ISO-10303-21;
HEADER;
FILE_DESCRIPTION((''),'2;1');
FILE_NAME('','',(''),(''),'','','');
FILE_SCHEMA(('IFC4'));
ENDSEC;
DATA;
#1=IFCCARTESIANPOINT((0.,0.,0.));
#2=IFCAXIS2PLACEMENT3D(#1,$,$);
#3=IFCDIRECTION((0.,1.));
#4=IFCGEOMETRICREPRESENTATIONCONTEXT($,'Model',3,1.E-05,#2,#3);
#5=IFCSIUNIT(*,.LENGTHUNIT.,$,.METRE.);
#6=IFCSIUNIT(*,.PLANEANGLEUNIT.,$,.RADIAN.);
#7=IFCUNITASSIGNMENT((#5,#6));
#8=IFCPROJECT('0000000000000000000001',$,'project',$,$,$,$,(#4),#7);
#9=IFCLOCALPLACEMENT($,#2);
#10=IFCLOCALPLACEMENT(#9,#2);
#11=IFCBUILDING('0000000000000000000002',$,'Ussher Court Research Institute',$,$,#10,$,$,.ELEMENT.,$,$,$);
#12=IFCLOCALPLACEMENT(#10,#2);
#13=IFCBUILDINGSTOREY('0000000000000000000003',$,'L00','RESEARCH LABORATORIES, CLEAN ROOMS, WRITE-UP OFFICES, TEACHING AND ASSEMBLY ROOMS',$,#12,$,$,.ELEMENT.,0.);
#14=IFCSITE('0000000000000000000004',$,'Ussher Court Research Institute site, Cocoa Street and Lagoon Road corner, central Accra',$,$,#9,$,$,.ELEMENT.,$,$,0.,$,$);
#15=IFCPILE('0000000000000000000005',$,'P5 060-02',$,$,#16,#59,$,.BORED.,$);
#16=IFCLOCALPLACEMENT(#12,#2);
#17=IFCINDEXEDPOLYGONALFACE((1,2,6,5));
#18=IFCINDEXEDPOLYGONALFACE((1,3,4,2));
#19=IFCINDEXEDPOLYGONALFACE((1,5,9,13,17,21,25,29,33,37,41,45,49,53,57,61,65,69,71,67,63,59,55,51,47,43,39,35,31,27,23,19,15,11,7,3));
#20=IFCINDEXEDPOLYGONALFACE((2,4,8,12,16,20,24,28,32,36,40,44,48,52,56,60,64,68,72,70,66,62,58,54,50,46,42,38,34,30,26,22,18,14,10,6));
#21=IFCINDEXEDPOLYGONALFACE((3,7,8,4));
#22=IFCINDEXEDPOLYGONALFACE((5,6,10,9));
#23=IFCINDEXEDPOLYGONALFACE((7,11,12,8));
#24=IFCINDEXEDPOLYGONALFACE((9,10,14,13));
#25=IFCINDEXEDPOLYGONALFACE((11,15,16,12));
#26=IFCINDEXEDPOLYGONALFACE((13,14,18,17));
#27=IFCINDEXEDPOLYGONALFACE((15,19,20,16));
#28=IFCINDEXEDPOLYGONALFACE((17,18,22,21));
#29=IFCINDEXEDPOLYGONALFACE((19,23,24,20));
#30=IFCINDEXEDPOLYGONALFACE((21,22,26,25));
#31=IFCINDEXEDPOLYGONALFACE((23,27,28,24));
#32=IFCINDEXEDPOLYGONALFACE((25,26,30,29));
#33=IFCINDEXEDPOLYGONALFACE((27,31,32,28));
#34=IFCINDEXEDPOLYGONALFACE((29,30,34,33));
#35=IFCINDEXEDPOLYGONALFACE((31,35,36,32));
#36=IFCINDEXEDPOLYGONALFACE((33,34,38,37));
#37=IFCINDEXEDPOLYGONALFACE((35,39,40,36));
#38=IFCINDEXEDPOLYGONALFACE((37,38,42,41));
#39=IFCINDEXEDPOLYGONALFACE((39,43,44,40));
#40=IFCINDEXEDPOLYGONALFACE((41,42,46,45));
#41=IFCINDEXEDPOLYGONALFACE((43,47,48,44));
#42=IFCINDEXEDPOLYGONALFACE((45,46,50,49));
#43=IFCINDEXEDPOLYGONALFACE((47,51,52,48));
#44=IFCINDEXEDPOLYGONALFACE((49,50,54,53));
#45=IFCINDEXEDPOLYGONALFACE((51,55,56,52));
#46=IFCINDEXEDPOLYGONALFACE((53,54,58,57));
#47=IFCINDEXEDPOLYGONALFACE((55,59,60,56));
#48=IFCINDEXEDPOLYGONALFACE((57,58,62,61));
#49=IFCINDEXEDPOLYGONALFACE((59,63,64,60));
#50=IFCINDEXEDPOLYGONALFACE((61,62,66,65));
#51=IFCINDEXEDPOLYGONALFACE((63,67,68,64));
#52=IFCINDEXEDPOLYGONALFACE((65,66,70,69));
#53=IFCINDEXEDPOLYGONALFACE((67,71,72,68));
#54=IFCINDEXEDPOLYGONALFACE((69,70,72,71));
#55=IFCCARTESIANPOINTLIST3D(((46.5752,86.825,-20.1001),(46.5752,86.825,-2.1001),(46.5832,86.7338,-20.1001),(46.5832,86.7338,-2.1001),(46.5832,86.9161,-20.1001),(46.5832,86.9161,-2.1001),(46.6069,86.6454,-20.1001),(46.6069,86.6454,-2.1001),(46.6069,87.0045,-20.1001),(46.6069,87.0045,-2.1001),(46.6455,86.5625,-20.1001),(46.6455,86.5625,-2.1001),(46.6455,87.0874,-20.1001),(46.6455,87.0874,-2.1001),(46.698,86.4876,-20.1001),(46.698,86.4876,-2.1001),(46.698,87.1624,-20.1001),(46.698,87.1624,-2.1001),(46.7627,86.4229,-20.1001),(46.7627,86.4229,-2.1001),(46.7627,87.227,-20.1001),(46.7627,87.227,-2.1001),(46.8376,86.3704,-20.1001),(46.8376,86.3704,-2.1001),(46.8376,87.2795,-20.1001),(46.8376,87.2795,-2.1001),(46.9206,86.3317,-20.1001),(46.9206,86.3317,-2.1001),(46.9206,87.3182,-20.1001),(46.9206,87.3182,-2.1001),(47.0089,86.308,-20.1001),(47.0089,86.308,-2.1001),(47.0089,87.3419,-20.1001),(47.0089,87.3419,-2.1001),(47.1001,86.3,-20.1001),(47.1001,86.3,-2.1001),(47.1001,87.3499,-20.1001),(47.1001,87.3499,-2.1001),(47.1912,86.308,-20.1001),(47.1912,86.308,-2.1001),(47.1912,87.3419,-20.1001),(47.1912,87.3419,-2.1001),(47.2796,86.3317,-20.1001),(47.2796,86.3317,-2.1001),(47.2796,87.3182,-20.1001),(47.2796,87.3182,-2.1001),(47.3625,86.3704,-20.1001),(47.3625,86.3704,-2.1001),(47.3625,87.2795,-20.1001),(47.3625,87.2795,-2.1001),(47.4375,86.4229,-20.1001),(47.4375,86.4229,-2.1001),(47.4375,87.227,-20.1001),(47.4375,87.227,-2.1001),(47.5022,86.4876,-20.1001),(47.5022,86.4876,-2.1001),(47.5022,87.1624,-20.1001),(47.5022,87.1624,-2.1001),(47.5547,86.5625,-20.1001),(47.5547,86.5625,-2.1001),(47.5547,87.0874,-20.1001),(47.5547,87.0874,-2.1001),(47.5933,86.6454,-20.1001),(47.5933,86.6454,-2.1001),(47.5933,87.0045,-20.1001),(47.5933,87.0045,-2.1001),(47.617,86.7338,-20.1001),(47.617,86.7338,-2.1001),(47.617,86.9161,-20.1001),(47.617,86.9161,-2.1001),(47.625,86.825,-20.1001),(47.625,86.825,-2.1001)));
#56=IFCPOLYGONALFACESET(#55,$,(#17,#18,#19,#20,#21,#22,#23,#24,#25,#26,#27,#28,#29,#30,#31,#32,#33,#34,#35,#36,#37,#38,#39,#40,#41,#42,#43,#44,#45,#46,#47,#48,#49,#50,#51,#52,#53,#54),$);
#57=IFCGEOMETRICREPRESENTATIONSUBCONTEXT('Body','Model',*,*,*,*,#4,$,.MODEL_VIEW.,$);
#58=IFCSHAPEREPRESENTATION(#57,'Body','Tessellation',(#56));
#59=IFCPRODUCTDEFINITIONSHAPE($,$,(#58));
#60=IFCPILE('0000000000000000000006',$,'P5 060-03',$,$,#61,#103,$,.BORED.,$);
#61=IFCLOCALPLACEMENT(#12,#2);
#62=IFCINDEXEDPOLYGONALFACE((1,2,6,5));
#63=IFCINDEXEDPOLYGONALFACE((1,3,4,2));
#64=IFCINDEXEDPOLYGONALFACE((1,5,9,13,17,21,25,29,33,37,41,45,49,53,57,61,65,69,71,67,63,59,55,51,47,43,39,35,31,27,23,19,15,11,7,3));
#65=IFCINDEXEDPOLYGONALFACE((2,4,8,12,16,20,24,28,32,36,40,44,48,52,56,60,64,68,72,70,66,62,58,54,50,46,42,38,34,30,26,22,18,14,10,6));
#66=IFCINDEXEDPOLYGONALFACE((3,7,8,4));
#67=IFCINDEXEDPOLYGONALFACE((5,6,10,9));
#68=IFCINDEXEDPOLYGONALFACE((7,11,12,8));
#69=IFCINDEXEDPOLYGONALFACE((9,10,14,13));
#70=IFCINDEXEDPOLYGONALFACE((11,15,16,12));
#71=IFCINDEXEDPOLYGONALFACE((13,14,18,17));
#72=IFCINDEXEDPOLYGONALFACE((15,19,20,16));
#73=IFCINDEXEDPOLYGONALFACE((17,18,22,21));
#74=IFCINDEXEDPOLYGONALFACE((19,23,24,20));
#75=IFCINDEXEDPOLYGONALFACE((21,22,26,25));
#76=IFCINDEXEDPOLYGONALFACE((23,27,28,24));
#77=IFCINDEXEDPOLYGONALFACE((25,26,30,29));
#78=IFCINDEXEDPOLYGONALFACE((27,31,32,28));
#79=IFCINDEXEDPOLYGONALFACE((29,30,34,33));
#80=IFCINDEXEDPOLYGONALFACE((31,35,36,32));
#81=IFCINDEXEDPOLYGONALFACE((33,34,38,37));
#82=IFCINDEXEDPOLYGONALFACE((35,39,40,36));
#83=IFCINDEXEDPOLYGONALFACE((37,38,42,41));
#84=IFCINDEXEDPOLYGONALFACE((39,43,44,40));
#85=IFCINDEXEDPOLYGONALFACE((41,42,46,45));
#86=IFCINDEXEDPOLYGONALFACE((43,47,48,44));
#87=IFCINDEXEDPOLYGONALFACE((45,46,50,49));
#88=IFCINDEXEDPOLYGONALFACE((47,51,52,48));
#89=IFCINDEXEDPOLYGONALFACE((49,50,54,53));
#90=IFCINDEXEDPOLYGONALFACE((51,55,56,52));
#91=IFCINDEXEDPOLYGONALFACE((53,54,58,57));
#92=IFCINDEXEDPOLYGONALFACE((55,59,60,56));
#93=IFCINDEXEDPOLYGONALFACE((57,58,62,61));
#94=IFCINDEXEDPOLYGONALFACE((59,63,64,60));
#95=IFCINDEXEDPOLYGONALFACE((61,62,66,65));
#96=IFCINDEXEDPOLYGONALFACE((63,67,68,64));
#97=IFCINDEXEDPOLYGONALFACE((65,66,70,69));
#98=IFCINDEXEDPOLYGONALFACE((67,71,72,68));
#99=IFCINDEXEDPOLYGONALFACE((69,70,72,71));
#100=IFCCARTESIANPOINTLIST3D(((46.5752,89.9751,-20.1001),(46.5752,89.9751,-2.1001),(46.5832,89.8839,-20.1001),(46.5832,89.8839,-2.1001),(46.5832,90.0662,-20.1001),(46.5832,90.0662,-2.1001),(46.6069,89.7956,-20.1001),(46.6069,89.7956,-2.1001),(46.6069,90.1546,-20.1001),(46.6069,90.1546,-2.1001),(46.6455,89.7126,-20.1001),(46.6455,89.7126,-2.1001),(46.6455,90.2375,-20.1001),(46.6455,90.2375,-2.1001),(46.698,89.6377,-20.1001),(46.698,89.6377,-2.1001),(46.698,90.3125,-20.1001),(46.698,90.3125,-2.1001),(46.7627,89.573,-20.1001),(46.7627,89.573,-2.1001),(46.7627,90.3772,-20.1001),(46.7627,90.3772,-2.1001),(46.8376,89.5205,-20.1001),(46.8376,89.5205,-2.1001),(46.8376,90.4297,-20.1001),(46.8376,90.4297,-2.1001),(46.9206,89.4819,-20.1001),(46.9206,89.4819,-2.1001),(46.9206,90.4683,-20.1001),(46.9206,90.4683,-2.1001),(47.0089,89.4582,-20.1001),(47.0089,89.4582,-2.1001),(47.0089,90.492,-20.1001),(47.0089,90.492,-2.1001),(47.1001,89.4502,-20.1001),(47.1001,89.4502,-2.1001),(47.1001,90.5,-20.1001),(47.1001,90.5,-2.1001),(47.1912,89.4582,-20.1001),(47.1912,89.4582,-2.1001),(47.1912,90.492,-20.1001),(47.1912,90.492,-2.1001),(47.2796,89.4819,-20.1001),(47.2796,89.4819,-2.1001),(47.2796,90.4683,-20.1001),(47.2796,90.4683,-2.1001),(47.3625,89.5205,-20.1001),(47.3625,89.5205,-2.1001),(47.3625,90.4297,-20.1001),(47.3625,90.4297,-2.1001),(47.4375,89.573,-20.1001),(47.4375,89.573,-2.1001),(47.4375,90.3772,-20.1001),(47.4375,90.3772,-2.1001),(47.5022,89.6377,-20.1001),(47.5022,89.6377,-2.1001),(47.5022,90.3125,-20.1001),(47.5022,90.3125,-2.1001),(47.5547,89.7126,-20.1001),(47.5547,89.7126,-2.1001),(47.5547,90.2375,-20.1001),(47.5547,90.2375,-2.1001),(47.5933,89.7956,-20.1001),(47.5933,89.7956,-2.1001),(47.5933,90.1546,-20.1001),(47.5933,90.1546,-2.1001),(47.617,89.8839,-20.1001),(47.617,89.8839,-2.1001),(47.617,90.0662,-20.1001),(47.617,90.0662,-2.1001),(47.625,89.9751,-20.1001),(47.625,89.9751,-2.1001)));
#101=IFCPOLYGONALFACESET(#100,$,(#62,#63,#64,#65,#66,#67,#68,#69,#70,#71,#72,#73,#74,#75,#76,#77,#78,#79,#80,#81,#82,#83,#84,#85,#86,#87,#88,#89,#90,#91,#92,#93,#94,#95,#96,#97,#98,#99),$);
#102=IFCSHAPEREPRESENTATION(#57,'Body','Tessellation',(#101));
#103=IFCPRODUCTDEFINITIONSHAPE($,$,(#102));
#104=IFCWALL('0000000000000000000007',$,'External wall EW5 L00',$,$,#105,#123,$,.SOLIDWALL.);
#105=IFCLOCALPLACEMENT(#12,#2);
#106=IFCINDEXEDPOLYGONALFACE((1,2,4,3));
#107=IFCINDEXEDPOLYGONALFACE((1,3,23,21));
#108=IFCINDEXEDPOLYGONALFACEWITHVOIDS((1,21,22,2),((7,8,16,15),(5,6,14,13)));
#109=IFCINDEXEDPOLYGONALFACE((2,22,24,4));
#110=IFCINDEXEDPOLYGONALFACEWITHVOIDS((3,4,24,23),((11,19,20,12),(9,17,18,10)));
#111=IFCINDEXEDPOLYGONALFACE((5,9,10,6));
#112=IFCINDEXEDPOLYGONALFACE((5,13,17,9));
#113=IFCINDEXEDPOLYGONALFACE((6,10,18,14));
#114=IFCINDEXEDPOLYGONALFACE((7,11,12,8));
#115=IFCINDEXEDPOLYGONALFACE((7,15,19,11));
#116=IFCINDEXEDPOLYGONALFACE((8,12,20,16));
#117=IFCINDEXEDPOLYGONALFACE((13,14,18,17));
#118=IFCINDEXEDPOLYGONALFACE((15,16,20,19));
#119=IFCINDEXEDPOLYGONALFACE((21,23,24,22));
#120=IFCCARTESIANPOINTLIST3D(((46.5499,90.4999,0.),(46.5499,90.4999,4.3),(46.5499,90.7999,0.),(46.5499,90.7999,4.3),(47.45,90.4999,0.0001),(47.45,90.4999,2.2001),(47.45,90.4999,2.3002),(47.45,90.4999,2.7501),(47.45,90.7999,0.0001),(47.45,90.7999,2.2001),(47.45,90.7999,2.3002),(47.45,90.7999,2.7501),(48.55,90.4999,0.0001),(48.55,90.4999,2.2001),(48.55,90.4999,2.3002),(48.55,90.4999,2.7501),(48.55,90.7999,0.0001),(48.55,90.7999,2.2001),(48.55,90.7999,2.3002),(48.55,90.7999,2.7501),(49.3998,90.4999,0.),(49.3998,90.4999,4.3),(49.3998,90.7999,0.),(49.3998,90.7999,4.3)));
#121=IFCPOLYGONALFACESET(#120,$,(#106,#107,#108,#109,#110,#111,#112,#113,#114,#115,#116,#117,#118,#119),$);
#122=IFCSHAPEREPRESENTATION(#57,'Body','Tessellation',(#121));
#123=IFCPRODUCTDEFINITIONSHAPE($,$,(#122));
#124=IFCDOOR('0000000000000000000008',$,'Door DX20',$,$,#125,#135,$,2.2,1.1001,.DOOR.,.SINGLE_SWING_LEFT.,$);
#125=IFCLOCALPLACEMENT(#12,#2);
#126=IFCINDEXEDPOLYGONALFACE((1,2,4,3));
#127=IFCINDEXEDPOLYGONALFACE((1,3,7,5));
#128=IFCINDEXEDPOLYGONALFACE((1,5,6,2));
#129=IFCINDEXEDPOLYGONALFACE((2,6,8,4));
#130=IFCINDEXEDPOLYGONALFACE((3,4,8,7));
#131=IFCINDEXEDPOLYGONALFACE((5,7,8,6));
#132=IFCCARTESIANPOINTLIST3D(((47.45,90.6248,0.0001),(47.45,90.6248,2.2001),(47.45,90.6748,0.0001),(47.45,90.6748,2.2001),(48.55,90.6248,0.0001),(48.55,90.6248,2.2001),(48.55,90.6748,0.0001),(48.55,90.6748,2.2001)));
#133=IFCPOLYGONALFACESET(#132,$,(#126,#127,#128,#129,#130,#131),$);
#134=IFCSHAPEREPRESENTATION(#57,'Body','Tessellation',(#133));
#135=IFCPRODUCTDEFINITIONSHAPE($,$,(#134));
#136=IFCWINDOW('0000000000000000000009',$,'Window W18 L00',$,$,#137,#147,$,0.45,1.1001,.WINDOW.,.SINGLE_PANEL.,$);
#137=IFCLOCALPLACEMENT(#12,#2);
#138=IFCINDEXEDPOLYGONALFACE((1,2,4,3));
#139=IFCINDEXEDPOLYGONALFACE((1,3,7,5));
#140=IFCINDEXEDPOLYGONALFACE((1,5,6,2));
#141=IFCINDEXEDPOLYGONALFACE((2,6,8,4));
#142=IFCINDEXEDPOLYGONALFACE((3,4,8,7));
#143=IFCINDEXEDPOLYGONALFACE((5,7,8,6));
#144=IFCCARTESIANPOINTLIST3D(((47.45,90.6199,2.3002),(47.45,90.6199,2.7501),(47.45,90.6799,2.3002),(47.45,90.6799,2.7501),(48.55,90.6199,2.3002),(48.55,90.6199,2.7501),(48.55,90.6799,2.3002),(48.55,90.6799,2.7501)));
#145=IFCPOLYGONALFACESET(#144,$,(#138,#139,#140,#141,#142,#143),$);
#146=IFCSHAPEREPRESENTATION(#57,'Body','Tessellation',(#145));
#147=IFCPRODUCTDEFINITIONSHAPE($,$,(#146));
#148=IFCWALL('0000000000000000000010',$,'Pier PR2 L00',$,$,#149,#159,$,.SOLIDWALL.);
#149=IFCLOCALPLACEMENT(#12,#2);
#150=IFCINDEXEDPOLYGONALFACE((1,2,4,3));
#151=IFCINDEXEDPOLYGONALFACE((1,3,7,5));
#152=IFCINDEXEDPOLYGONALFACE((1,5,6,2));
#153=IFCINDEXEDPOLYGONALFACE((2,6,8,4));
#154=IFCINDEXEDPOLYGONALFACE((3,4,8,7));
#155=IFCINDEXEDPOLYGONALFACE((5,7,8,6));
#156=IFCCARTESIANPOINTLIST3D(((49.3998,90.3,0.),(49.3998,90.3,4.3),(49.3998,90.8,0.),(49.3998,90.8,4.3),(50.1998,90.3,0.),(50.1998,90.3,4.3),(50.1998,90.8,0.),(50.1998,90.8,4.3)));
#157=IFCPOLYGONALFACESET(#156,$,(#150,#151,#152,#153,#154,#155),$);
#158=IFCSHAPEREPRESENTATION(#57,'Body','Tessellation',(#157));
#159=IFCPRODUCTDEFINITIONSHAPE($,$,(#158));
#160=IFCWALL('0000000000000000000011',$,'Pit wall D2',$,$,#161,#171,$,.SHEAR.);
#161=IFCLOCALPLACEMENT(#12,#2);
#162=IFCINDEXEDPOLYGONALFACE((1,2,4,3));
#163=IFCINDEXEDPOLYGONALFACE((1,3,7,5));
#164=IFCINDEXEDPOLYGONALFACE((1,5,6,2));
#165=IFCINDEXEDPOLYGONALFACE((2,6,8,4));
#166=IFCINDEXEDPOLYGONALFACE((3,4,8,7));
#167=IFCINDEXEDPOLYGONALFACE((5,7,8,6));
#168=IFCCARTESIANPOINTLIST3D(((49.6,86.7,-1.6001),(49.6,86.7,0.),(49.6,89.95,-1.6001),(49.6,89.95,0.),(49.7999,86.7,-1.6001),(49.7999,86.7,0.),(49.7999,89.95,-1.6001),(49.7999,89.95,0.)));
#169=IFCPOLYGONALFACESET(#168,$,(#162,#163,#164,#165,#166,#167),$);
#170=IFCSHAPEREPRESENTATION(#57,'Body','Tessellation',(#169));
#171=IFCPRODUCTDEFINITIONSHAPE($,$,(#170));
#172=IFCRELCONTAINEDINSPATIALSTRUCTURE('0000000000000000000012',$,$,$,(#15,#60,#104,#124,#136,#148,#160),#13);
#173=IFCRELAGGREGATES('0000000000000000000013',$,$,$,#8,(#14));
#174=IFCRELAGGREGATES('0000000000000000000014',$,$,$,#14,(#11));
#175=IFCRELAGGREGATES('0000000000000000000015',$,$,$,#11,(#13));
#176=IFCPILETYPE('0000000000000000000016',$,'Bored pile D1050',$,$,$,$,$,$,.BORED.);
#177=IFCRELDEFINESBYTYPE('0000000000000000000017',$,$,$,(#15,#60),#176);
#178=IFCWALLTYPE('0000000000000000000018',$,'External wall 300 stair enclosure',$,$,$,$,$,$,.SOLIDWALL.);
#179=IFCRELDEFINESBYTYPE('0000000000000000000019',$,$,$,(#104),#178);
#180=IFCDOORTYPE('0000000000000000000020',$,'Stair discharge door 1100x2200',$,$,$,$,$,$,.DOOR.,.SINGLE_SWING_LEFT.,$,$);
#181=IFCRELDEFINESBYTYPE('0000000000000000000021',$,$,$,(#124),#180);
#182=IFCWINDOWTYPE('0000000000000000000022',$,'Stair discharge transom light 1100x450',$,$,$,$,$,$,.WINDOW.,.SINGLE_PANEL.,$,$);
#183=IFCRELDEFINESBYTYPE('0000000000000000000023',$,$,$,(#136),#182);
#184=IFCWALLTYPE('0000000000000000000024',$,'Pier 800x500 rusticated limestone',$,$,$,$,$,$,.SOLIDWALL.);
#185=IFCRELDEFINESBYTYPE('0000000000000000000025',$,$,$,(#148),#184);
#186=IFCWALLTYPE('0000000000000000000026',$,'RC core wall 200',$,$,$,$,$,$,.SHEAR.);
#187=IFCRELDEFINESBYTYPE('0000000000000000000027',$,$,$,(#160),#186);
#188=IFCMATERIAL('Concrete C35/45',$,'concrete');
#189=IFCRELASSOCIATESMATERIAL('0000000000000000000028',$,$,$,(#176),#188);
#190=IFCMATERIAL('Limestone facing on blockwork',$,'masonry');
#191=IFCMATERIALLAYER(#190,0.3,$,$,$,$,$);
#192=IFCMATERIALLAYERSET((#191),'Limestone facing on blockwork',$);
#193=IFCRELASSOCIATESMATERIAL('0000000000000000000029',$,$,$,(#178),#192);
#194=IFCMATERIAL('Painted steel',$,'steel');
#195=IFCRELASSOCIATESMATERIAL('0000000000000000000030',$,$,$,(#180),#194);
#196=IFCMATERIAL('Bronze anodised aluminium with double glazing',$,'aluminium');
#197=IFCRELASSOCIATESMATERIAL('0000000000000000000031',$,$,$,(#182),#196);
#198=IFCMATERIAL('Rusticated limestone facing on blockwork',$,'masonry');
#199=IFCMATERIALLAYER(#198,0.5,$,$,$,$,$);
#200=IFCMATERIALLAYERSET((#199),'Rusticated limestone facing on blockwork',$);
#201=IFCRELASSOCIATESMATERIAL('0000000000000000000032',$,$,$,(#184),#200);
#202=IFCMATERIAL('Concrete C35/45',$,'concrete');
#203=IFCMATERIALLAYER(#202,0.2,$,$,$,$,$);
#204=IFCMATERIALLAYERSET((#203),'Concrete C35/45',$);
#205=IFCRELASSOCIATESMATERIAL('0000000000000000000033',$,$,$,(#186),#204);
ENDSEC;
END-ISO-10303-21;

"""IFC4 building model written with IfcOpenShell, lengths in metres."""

from ifc_helpers import new_model, si_unit, direction, frame, frame_2d, origin, origin_2d, place, context, subcontext, project, spatial, rectangle, circle, extrude, material, layer, layer_set, material_profile, profile_set, type_object, element, fill, save


model = new_model("IFC4")

# Units and contexts
model_context = context("Model", 3, precision=1e-05, world=origin(), true_north=direction((0.0, 1.0)))
body_context = subcontext(model_context, "Body", "Model", "MODEL_VIEW")
ifc_project = project(units=[si_unit("LENGTHUNIT", "METRE"), si_unit("PLANEANGLEUNIT", "RADIAN")], contexts=[model_context])

# Site, building, storey
site_placement = place(None, origin())
site = spatial("IfcSite", under=ifc_project, at=site_placement, Name="Ussher Court Research Institute site, Cocoa Street and Lagoon Road corner, central Accra", CompositionType="ELEMENT", RefElevation=0.0)
building_placement = place(site_placement, origin())
building = spatial("IfcBuilding", under=site, at=building_placement, Name="Ussher Court Research Institute", CompositionType="ELEMENT")
storey_placement = place(building_placement, origin())
storey = spatial("IfcBuildingStorey", under=building, at=storey_placement, Name="L00", Description="RESEARCH LABORATORIES, CLEAN ROOMS, WRITE-UP OFFICES, TEACHING AND ASSEMBLY ROOMS", CompositionType="ELEMENT", Elevation=0.0)

# Piles
ifc_material_1 = material(Name="Concrete C35/45", Category="concrete")
ifc_material_profile = material_profile(ifc_material_1, circle(Radius=0.5249, at=origin_2d()), Name="RC D1050")
ifc_profile_set = profile_set([ifc_material_profile], Name="Concrete C35/45")
pile_type = type_object("IfcPileType", Name="Bored pile D1050", PredefinedType="BORED", material=ifc_profile_set)
for number, where, z_axis, x_axis, name in (
    (1, (47.1001, 86.825, -2.1001), (0.0, 0.0, -1.0), (1.0, 0.0, 0.0), "P5 060-02"),
    (2, (47.1001, 89.9751, -2.1001), (0.0, 0.0, -1.0), (1.0, 0.0, 0.0), "P5 060-03"),
):
    element("IfcPile", number, at=place(storey_placement, frame(where, z_axis=z_axis, x_axis=x_axis)), inside=storey, type_object=pile_type, Name=name, PredefinedType="BORED", context=body_context, shape_type="SweptSolid", body=[
        extrude(circle(Radius=0.5249, at=origin_2d()), origin(), (0.0, 0.0, 1.0), 18.0),
    ])

# Wall, openings, door, window
ifc_material_2 = material(Name="Limestone facing on blockwork", Category="masonry")
ifc_layer_1 = layer(ifc_material_2, 0.3)
ifc_layer_set_1 = layer_set([ifc_layer_1], Name="Limestone facing on blockwork")
wall_type_1 = type_object("IfcWallType", Name="External wall 300 stair enclosure", PredefinedType="SOLIDWALL", material=ifc_layer_set_1)
wall_1_placement = place(storey_placement, frame((46.55, 90.6499, 0.0), z_axis=(0.0, 0.0, 1.0), x_axis=(1.0, 0.0, 0.0)))
wall_1 = element("IfcWall", 3, at=wall_1_placement, inside=storey, type_object=wall_type_1, Name="External wall EW5 L00", PredefinedType="SOLIDWALL", context=body_context, shape_type="SweptSolid", body=[
    extrude(rectangle(XDim=2.8499, YDim=0.3, at=frame_2d((1.4248, 0.0))), origin(), (0.0, 0.0, 1.0), 4.3),
])
opening_1_placement = place(wall_1_placement, frame((0.8999, 0.0, 0.0)))
opening_1 = element("IfcOpeningElement", 4, at=opening_1_placement, cuts=wall_1, PredefinedType="OPENING", context=body_context, shape_type="SweptSolid", body=[
    extrude(rectangle(XDim=1.1001, YDim=2.2, at=frame_2d((0.55, 1.1001))), frame((0.0, 0.1602, 0.0), z_axis=(0.0, -1.0, 0.0), x_axis=(1.0, 0.0, 0.0)), (0.0, 0.0, 1.0), 0.3201),
])
opening_2_placement = place(wall_1_placement, frame((0.8999, 0.0, 2.3)))
opening_2 = element("IfcOpeningElement", 5, at=opening_2_placement, cuts=wall_1, PredefinedType="OPENING", context=body_context, shape_type="SweptSolid", body=[
    extrude(rectangle(XDim=1.1001, YDim=0.45, at=frame_2d((0.55, 0.2251))), frame((0.0, 0.1602, 0.0), z_axis=(0.0, -1.0, 0.0), x_axis=(1.0, 0.0, 0.0)), (0.0, 0.0, 1.0), 0.3201),
])
ifc_material_3 = material(Name="Painted steel", Category="steel")
door_type_1 = type_object("IfcDoorType", Name="Stair discharge door 1100x2200", OperationType="SINGLE_SWING_LEFT", PredefinedType="DOOR", material=ifc_material_3)
door_1_placement = place(opening_1_placement, origin())
door_1 = element("IfcDoor", 6, at=door_1_placement, inside=storey, type_object=door_type_1, Name="Door DX20", OperationType="SINGLE_SWING_LEFT", OverallHeight=2.2, OverallWidth=1.1001, PredefinedType="DOOR", context=body_context, shape_type="SweptSolid", body=[
    extrude(rectangle(XDim=1.1001, YDim=2.2, at=frame_2d((0.55, 1.1001))), frame((0.0, 0.0249, 0.0), z_axis=(0.0, -1.0, 0.0), x_axis=(1.0, 0.0, 0.0)), (0.0, 0.0, 1.0), 0.05),
])
fill(opening_1, door_1)
ifc_material_4 = material(Name="Bronze anodised aluminium with double glazing", Category="aluminium")
window_type = type_object("IfcWindowType", Name="Stair discharge transom light 1100x450", PartitioningType="SINGLE_PANEL", PredefinedType="WINDOW", material=ifc_material_4)
window_placement = place(opening_2_placement, origin())
window = element("IfcWindow", 7, at=window_placement, inside=storey, type_object=window_type, Name="Window W18 L00", OverallHeight=0.45, OverallWidth=1.1001, PartitioningType="SINGLE_PANEL", PredefinedType="WINDOW", context=body_context, shape_type="SweptSolid", body=[
    extrude(rectangle(XDim=1.1001, YDim=0.45, at=frame_2d((0.55, 0.2251))), frame((0.0, 0.03, 0.0), z_axis=(0.0, -1.0, 0.0), x_axis=(1.0, 0.0, 0.0)), (0.0, 0.0, 1.0), 0.0601),
])
fill(opening_2, window)

# Walls
ifc_material_5 = material(Name="Rusticated limestone facing on blockwork", Category="masonry")
ifc_layer_2 = layer(ifc_material_5, 0.5)
ifc_layer_set_2 = layer_set([ifc_layer_2], Name="Rusticated limestone facing on blockwork")
wall_type_2 = type_object("IfcWallType", Name="Pier 800x500 rusticated limestone", PredefinedType="SOLIDWALL", material=ifc_layer_set_2)
wall_2_placement = place(storey_placement, frame((49.3999, 90.55, 0.0), z_axis=(0.0, 0.0, 1.0), x_axis=(1.0, 0.0, 0.0)))
element("IfcWall", 8, at=wall_2_placement, inside=storey, type_object=wall_type_2, Name="Pier PR2 L00", PredefinedType="SOLIDWALL", context=body_context, shape_type="SweptSolid", body=[
    extrude(rectangle(XDim=0.8, YDim=0.5, at=frame_2d((0.3999, 0.0))), origin(), (0.0, 0.0, 1.0), 4.3),
])
ifc_material_6 = material(Name="Concrete C35/45", Category="concrete")
ifc_layer_3 = layer(ifc_material_6, 0.2)
ifc_layer_set_3 = layer_set([ifc_layer_3], Name="Concrete C35/45")
wall_type_3 = type_object("IfcWallType", Name="RC core wall 200", PredefinedType="SHEAR", material=ifc_layer_set_3)
wall_3_placement = place(storey_placement, frame((49.7, 86.7, -1.6001), z_axis=(0.0, 0.0, 1.0), x_axis=(0.0, 1.0, 0.0)))
element("IfcWall", 9, at=wall_3_placement, inside=storey, type_object=wall_type_3, Name="Pit wall D2", PredefinedType="SHEAR", context=body_context, shape_type="SweptSolid", body=[
    extrude(rectangle(XDim=3.25, YDim=0.2, at=frame_2d((1.625, 0.0))), origin(), (0.0, 0.0, 1.0), 1.6001),
])

save(model, "model.ifc")
